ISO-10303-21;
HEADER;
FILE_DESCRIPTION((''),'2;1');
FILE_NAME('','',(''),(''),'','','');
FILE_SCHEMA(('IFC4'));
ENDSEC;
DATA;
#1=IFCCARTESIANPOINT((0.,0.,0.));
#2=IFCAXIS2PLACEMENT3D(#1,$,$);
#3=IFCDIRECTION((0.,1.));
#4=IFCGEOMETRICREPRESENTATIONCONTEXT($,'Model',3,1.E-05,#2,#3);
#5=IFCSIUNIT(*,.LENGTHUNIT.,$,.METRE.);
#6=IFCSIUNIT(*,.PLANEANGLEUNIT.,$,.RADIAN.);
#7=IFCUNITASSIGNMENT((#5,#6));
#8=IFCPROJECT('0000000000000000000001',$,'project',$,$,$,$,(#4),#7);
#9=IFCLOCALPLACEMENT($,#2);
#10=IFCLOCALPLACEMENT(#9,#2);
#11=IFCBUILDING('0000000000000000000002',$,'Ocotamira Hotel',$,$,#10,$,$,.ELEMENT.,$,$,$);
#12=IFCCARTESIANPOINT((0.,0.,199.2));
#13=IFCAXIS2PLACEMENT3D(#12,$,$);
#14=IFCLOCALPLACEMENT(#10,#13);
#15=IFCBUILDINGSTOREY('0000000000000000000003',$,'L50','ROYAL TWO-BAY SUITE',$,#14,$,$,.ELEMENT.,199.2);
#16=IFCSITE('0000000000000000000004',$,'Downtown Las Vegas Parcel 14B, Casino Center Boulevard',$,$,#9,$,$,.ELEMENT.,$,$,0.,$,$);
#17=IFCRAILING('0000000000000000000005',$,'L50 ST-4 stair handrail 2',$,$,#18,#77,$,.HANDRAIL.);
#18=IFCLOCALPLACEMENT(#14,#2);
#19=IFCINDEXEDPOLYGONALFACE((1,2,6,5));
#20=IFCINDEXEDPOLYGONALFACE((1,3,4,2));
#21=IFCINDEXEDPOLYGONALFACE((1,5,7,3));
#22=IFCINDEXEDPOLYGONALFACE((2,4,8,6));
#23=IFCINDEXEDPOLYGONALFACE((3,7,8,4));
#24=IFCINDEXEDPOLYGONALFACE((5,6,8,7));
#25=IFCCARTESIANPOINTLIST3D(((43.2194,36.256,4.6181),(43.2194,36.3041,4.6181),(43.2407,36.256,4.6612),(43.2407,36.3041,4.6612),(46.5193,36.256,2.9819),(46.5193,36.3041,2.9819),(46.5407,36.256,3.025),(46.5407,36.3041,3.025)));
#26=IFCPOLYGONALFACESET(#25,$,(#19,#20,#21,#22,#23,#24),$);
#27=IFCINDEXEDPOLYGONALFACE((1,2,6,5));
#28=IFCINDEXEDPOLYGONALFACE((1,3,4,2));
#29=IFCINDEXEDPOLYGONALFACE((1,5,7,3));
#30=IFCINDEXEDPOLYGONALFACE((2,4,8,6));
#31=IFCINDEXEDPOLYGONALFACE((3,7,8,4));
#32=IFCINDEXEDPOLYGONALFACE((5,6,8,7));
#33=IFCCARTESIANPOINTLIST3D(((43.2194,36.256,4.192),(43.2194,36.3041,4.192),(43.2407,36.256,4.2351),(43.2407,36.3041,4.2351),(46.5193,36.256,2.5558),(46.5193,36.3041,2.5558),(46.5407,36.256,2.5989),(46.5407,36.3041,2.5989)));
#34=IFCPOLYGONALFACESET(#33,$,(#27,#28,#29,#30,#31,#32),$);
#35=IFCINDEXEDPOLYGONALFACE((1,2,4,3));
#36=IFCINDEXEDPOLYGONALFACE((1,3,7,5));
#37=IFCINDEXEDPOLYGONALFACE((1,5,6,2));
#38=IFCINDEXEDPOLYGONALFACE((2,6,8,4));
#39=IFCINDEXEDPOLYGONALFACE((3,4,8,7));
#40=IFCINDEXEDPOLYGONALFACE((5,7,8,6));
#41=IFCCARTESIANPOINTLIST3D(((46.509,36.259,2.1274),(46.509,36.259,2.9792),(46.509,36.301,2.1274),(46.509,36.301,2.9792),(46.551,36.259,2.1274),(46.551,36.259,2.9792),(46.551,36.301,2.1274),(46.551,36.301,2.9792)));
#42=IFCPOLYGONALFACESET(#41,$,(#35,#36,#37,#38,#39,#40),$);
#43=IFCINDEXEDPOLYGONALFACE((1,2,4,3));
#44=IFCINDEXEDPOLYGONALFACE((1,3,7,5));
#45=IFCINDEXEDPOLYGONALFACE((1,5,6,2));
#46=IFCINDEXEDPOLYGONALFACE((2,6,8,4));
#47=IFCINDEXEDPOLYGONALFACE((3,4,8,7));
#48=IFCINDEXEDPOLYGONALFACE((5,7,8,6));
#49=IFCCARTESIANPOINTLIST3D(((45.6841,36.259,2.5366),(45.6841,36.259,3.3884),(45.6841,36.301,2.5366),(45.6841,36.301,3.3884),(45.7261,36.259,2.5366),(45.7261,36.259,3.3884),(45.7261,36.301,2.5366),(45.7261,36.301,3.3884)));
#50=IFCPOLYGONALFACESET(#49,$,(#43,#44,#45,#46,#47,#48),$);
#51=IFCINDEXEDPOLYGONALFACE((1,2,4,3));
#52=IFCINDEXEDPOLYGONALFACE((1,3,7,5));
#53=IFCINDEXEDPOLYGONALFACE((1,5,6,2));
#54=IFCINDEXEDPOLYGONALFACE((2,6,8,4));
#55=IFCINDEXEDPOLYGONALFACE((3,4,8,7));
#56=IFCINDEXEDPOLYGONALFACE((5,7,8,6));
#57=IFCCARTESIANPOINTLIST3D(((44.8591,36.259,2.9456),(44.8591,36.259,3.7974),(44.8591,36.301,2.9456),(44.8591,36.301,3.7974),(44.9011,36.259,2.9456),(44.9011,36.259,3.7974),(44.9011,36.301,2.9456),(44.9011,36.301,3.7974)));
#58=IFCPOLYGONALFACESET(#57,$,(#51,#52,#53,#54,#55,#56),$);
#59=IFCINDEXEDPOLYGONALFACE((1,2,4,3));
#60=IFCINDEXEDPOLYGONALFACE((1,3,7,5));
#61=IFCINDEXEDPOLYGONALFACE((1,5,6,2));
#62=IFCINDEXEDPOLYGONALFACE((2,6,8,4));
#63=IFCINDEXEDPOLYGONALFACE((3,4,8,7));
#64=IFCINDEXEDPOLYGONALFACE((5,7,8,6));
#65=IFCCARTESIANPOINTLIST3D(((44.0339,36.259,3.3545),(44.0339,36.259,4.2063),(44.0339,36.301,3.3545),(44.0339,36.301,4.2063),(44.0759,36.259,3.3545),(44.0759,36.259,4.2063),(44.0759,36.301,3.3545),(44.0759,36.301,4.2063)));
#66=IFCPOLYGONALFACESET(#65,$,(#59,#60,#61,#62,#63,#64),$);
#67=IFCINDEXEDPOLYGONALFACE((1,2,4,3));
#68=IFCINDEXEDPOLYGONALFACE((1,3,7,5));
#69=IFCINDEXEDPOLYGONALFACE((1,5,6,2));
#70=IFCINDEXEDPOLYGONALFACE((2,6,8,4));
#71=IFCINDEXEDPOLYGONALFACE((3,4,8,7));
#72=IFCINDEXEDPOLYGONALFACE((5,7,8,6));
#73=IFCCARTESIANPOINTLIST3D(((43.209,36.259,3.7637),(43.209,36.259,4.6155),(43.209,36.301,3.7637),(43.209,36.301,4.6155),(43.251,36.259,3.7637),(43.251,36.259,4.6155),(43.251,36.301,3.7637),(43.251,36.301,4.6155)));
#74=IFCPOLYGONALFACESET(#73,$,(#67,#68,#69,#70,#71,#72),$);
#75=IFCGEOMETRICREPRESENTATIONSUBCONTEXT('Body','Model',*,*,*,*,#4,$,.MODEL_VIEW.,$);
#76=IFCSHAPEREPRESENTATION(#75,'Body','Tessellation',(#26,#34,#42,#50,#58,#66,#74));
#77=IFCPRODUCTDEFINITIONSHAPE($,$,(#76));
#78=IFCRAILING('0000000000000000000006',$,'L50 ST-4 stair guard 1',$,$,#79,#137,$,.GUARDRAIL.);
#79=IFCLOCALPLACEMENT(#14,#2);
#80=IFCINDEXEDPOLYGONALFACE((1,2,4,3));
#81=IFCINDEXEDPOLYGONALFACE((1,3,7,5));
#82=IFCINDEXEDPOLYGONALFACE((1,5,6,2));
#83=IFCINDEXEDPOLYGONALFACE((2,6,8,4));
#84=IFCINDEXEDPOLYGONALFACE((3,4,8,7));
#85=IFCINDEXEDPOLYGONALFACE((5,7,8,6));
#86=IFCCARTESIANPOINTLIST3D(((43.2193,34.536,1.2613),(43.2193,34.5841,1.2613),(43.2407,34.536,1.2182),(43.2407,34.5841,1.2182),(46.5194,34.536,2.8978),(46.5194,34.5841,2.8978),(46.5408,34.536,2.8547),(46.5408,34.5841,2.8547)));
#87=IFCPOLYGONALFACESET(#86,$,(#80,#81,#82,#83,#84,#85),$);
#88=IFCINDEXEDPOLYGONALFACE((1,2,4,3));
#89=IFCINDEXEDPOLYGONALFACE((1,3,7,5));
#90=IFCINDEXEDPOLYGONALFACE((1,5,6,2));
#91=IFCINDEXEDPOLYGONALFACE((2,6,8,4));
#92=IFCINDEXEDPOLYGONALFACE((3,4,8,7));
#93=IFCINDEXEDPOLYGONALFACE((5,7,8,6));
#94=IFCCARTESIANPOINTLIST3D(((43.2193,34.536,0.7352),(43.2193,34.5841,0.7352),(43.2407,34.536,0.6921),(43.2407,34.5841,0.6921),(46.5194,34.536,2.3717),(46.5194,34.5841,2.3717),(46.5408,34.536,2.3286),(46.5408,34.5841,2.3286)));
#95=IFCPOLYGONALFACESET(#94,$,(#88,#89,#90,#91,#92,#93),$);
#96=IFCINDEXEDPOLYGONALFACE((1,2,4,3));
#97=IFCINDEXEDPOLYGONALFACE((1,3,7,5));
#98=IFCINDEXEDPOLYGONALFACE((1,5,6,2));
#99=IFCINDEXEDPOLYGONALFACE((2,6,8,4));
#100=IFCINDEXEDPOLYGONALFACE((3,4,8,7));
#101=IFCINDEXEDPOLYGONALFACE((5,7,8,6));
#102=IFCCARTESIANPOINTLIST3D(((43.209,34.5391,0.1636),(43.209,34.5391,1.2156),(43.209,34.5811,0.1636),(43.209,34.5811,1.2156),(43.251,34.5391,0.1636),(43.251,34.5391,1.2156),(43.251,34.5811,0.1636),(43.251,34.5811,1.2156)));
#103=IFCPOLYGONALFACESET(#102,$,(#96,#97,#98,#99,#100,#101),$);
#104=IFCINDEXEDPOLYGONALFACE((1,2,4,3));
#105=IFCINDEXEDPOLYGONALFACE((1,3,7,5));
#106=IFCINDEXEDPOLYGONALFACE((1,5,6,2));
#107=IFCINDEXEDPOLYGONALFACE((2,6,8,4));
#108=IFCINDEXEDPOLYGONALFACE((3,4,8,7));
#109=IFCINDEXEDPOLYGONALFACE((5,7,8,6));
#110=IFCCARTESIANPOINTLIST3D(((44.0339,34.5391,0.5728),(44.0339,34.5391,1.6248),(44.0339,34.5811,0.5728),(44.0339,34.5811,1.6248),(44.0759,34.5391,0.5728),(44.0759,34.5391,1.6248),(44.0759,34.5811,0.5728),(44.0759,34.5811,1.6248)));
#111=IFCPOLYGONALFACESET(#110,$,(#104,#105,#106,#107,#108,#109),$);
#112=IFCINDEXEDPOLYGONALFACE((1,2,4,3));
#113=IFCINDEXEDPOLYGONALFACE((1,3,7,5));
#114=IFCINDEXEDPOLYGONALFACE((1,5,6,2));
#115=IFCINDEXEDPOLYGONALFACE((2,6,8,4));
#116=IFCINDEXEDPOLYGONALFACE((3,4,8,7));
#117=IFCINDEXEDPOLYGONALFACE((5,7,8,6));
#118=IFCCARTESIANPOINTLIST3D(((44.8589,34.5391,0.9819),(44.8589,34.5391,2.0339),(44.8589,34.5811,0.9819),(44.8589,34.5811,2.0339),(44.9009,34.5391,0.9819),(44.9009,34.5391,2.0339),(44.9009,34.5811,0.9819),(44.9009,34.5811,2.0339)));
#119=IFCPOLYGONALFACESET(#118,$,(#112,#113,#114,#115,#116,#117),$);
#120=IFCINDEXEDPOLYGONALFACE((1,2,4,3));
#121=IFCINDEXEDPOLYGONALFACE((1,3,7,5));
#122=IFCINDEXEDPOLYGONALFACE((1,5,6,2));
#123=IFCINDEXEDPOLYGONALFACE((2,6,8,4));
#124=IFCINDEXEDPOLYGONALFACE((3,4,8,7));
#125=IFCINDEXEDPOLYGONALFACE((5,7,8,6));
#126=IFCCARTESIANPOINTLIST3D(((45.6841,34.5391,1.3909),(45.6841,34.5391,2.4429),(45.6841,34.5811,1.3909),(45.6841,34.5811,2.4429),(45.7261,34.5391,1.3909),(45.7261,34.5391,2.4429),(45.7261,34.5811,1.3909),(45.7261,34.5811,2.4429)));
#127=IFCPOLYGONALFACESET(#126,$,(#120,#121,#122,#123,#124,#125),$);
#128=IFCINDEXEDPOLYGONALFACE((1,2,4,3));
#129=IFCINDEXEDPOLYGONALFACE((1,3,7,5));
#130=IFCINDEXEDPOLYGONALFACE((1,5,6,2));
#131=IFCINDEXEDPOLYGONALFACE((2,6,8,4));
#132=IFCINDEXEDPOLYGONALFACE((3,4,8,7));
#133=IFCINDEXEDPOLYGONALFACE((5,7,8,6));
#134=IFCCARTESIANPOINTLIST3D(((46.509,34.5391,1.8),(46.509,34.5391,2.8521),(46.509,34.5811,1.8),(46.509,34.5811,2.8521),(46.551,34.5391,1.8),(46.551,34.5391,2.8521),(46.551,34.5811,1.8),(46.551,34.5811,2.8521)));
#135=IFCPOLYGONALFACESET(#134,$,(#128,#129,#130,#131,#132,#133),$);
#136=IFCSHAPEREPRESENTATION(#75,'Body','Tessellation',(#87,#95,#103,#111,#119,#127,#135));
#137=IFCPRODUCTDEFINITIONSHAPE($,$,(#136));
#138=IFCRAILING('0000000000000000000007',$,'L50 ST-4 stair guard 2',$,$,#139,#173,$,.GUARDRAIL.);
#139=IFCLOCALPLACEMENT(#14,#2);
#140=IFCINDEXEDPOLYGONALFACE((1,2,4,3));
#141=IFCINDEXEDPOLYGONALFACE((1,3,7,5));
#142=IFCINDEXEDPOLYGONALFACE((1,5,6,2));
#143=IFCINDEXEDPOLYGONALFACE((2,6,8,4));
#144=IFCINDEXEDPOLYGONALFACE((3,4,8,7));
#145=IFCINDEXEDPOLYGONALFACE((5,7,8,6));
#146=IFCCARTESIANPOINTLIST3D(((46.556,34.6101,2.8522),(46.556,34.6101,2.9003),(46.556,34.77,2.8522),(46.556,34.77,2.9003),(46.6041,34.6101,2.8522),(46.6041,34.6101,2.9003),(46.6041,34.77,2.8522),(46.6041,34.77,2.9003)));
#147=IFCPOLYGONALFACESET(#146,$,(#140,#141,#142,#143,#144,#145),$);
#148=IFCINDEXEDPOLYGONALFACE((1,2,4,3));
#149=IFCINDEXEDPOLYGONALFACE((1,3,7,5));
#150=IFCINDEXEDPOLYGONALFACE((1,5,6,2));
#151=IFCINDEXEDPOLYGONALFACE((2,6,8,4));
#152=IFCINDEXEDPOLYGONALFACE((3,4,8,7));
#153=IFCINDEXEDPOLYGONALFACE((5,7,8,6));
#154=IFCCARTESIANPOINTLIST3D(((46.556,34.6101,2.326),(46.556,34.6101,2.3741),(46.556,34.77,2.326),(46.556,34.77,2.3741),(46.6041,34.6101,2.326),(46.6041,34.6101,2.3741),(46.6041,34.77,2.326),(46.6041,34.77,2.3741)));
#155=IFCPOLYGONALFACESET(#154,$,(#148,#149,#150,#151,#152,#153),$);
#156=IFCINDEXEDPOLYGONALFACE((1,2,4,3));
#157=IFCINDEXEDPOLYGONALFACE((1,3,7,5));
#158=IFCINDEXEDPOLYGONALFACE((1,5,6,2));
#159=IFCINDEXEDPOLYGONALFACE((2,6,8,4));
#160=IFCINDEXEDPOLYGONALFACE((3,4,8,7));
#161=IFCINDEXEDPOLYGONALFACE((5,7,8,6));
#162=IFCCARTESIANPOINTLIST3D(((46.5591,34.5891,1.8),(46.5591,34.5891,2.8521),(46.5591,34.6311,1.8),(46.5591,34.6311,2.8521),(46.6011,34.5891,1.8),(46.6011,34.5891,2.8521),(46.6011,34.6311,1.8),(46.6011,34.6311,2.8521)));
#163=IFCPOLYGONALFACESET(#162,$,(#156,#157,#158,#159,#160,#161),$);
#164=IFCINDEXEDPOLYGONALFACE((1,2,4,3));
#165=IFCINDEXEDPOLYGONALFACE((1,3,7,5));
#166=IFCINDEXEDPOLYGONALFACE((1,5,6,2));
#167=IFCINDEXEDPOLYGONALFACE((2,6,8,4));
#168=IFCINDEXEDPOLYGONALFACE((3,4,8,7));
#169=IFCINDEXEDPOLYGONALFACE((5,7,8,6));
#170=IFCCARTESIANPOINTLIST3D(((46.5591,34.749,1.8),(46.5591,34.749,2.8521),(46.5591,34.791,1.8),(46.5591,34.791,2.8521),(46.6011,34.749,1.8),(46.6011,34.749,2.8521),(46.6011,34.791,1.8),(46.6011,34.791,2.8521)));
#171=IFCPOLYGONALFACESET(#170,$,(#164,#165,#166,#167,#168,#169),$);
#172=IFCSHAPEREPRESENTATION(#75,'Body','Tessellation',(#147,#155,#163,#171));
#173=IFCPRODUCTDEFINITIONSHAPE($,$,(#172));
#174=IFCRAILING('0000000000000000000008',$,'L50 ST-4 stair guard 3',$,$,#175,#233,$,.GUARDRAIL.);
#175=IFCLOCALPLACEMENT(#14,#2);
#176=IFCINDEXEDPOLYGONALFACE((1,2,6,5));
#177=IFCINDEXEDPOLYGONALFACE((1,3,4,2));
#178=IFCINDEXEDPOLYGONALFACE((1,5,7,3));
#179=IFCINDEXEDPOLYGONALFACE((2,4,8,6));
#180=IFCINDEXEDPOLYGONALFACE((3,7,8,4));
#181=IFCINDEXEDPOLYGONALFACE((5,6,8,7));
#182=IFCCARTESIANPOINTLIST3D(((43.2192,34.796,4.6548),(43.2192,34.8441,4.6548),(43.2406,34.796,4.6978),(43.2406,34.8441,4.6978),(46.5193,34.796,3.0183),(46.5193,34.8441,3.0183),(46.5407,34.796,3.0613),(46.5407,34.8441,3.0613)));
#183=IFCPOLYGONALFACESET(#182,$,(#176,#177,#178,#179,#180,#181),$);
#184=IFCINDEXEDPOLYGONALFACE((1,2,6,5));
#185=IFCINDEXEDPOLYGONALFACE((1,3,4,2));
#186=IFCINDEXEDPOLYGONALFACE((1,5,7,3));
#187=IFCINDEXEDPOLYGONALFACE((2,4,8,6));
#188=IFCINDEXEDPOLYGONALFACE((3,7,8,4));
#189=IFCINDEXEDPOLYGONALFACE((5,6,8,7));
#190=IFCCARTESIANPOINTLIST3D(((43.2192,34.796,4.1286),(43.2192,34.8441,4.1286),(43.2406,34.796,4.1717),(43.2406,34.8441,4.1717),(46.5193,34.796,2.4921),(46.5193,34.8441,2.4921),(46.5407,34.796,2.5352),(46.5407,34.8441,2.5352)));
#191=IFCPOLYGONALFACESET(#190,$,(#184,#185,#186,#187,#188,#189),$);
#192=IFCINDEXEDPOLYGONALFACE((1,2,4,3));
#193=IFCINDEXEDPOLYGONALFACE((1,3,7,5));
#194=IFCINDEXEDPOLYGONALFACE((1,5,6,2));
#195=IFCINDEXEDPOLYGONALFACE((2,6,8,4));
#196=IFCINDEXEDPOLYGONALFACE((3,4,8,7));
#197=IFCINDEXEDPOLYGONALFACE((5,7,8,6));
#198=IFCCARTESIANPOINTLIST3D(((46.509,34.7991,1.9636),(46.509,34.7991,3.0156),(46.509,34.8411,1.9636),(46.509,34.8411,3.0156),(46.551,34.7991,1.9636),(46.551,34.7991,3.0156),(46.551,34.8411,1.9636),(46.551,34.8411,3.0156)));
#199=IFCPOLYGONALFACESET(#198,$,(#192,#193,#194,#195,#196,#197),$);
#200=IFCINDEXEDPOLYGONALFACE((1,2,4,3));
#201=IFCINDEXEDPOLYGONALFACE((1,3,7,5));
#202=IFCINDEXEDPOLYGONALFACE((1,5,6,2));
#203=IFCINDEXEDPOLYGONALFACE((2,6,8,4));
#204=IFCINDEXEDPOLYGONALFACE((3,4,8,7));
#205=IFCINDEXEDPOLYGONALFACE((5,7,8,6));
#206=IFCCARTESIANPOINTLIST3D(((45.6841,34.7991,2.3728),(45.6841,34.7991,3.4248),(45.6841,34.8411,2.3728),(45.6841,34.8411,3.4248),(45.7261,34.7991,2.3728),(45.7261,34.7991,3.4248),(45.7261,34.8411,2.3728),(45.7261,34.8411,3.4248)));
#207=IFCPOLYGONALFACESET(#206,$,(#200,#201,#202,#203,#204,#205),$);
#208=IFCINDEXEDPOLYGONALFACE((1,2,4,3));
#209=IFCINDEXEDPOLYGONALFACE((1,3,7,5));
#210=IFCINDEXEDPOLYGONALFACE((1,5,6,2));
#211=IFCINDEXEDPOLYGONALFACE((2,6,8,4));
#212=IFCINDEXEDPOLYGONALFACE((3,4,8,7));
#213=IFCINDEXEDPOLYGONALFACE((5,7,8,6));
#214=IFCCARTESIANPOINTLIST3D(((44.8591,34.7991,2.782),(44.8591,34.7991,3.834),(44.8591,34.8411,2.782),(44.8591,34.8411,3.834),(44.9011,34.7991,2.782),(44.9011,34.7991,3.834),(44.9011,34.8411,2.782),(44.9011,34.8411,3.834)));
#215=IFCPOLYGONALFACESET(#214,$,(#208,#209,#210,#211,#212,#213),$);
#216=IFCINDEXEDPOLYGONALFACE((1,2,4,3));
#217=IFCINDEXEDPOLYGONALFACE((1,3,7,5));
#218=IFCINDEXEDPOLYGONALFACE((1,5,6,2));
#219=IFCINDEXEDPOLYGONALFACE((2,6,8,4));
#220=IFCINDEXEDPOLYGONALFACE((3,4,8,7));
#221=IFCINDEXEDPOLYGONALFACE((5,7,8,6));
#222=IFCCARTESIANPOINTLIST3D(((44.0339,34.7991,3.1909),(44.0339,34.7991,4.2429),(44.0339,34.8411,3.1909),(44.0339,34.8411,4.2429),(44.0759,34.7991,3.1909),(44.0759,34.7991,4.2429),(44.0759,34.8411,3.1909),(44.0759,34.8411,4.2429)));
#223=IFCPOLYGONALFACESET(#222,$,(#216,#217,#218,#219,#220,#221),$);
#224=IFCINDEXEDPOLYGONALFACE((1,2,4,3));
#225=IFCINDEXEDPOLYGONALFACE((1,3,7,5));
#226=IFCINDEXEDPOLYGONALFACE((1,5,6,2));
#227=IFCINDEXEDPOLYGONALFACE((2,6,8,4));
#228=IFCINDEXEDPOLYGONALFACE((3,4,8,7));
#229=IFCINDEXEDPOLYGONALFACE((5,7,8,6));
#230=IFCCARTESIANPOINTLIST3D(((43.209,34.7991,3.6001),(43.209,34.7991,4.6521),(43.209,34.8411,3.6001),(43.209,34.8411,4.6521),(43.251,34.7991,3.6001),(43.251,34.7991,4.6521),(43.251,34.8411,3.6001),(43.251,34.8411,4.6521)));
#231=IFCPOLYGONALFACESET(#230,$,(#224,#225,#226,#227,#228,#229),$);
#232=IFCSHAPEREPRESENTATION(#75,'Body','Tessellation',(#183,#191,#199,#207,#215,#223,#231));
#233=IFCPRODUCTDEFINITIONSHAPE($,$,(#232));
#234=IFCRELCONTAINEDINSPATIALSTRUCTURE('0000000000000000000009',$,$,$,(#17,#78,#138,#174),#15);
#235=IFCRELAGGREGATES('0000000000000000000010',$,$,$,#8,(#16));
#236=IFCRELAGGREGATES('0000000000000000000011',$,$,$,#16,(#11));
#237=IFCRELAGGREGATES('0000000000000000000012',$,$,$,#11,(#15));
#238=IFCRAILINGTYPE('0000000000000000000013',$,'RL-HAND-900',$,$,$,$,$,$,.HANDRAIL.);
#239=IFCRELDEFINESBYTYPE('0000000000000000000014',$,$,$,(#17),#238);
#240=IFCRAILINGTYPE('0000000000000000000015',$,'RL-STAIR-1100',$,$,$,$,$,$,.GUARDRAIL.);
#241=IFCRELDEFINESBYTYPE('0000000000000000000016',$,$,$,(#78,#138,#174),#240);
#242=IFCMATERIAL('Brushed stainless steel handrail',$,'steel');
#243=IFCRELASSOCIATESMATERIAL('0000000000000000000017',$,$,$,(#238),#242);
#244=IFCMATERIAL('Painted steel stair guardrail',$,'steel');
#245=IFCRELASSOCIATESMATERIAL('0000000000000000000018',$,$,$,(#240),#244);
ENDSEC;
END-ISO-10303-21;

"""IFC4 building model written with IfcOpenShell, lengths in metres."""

from ifc_helpers import new_model, si_unit, direction, frame, origin, origin_2d, place, context, subcontext, project, spatial, rectangle, extrude, material, type_object, element, save


model = new_model("IFC4")

# Units and contexts
model_context = context("Model", 3, precision=1e-05, world=origin(), true_north=direction((0.0, 1.0)))
body_context = subcontext(model_context, "Body", "Model", "MODEL_VIEW")
ifc_project = project(units=[si_unit("LENGTHUNIT", "METRE"), si_unit("PLANEANGLEUNIT", "RADIAN")], contexts=[model_context])

# Site, building, storey
site_placement = place(None, origin())
site = spatial("IfcSite", under=ifc_project, at=site_placement, Name="Downtown Las Vegas Parcel 14B, Casino Center Boulevard", CompositionType="ELEMENT", RefElevation=0.0)
building_placement = place(site_placement, origin())
building = spatial("IfcBuilding", under=site, at=building_placement, Name="Ocotamira Hotel", CompositionType="ELEMENT")
storey_placement = place(building_placement, frame((0.0, 0.0, 199.2)))
storey = spatial("IfcBuildingStorey", under=building, at=storey_placement, Name="L50", Description="ROYAL TWO-BAY SUITE", CompositionType="ELEMENT", Elevation=199.2)

# Railings
ifc_material_1 = material(Name="Brushed stainless steel handrail", Category="steel")
railing_type_1 = type_object("IfcRailingType", Name="RL-HAND-900", PredefinedType="HANDRAIL", material=ifc_material_1)
railing_1_placement = place(storey_placement, frame((46.53, 36.28, 2.1274)))
element("IfcRailing", 1, at=railing_1_placement, inside=storey, type_object=railing_type_1, Name="L50 ST-4 stair handrail 2", PredefinedType="HANDRAIL", context=body_context, shape_type="SweptSolid", body=[
    extrude(rectangle(XDim=0.0481, YDim=0.0481, at=origin_2d()), frame((0.0, 0.0, 0.876), z_axis=(-0.89592, 0.0, 0.444215), x_axis=(0.0, -1.0, 0.0)), (0.0, 0.0, 1.0), 3.6833),
    extrude(rectangle(XDim=0.0481, YDim=0.0481, at=origin_2d()), frame((0.0, 0.0, 0.45), z_axis=(-0.89592, 0.0, 0.444215), x_axis=(0.0, -1.0, 0.0)), (0.0, 0.0, 1.0), 3.6833),
    extrude(rectangle(XDim=0.042, YDim=0.042, at=origin_2d()), origin(), (0.0, 0.0, 1.0), 0.8518),
    extrude(rectangle(XDim=0.042, YDim=0.042, at=origin_2d()), frame((-0.825, 0.0, 0.4092)), (0.0, 0.0, 1.0), 0.8518),
    extrude(rectangle(XDim=0.042, YDim=0.042, at=origin_2d()), frame((-1.6499, 0.0, 0.8181)), (0.0, 0.0, 1.0), 0.8518),
    extrude(rectangle(XDim=0.042, YDim=0.042, at=origin_2d()), frame((-2.4751, 0.0, 1.2271)), (0.0, 0.0, 1.0), 0.8518),
    extrude(rectangle(XDim=0.042, YDim=0.042, at=origin_2d()), frame((-3.3, 0.0, 1.6362)), (0.0, 0.0, 1.0), 0.8518),
])
ifc_material_2 = material(Name="Painted steel stair guardrail", Category="steel")
railing_type_2 = type_object("IfcRailingType", Name="RL-STAIR-1100", PredefinedType="GUARDRAIL", material=ifc_material_2)
railing_2_placement = place(storey_placement, frame((43.23, 34.5601, 0.1636)))
element("IfcRailing", 2, at=railing_2_placement, inside=storey, type_object=railing_type_2, Name="L50 ST-4 stair guard 1", PredefinedType="GUARDRAIL", context=body_context, shape_type="SweptSolid", body=[
    extrude(rectangle(XDim=0.0481, YDim=0.0481, at=origin_2d()), frame((0.0, 0.0, 1.0762), z_axis=(0.895894, 0.0, 0.444268), x_axis=(0.0, 1.0, 0.0)), (0.0, 0.0, 1.0), 3.6836),
    extrude(rectangle(XDim=0.0481, YDim=0.0481, at=origin_2d()), frame((0.0, 0.0, 0.55), z_axis=(0.895894, 0.0, 0.444268), x_axis=(0.0, 1.0, 0.0)), (0.0, 0.0, 1.0), 3.6836),
    extrude(rectangle(XDim=0.042, YDim=0.042, at=origin_2d()), origin(), (0.0, 0.0, 1.0), 1.052),
    extrude(rectangle(XDim=0.042, YDim=0.042, at=origin_2d()), frame((0.825, 0.0, 0.4092)), (0.0, 0.0, 1.0), 1.052),
    extrude(rectangle(XDim=0.042, YDim=0.042, at=origin_2d()), frame((1.6499, 0.0, 0.8184)), (0.0, 0.0, 1.0), 1.052),
    extrude(rectangle(XDim=0.042, YDim=0.042, at=origin_2d()), frame((2.4751, 0.0, 1.2273)), (0.0, 0.0, 1.0), 1.052),
    extrude(rectangle(XDim=0.042, YDim=0.042, at=origin_2d()), frame((3.3, 0.0, 1.6365)), (0.0, 0.0, 1.0), 1.052),
])
railing_3_placement = place(storey_placement, frame((46.5801, 34.6101, 1.8)))
element("IfcRailing", 3, at=railing_3_placement, inside=storey, type_object=railing_type_2, Name="L50 ST-4 stair guard 2", PredefinedType="GUARDRAIL", context=body_context, shape_type="SweptSolid", body=[
    extrude(rectangle(XDim=0.0481, YDim=0.0481, at=origin_2d()), frame((0.0, 0.0, 1.0762), z_axis=(0.0, 1.0, 0.0), x_axis=(-1.0, 0.0, 0.0)), (0.0, 0.0, 1.0), 0.1599),
    extrude(rectangle(XDim=0.0481, YDim=0.0481, at=origin_2d()), frame((0.0, 0.0, 0.55), z_axis=(0.0, 1.0, 0.0), x_axis=(-1.0, 0.0, 0.0)), (0.0, 0.0, 1.0), 0.1599),
    extrude(rectangle(XDim=0.042, YDim=0.042, at=origin_2d()), origin(), (0.0, 0.0, 1.0), 1.052),
    extrude(rectangle(XDim=0.042, YDim=0.042, at=origin_2d()), frame((0.0, 0.1599, 0.0)), (0.0, 0.0, 1.0), 1.052),
])
railing_4_placement = place(storey_placement, frame((46.53, 34.8201, 1.9636)))
element("IfcRailing", 4, at=railing_4_placement, inside=storey, type_object=railing_type_2, Name="L50 ST-4 stair guard 3", PredefinedType="GUARDRAIL", context=body_context, shape_type="SweptSolid", body=[
    extrude(rectangle(XDim=0.0481, YDim=0.0481, at=origin_2d()), frame((0.0, 0.0, 1.0762), z_axis=(-0.895894, 0.0, 0.444268), x_axis=(0.0, -1.0, 0.0)), (0.0, 0.0, 1.0), 3.6836),
    extrude(rectangle(XDim=0.0481, YDim=0.0481, at=origin_2d()), frame((0.0, 0.0, 0.55), z_axis=(-0.895894, 0.0, 0.444268), x_axis=(0.0, -1.0, 0.0)), (0.0, 0.0, 1.0), 3.6836),
    extrude(rectangle(XDim=0.042, YDim=0.042, at=origin_2d()), origin(), (0.0, 0.0, 1.0), 1.052),
    extrude(rectangle(XDim=0.042, YDim=0.042, at=origin_2d()), frame((-0.825, 0.0, 0.4092)), (0.0, 0.0, 1.0), 1.052),
    extrude(rectangle(XDim=0.042, YDim=0.042, at=origin_2d()), frame((-1.6499, 0.0, 0.8184)), (0.0, 0.0, 1.0), 1.052),
    extrude(rectangle(XDim=0.042, YDim=0.042, at=origin_2d()), frame((-2.4751, 0.0, 1.2273)), (0.0, 0.0, 1.0), 1.052),
    extrude(rectangle(XDim=0.042, YDim=0.042, at=origin_2d()), frame((-3.3, 0.0, 1.6365)), (0.0, 0.0, 1.0), 1.052),
])

save(model, "model.ifc")
